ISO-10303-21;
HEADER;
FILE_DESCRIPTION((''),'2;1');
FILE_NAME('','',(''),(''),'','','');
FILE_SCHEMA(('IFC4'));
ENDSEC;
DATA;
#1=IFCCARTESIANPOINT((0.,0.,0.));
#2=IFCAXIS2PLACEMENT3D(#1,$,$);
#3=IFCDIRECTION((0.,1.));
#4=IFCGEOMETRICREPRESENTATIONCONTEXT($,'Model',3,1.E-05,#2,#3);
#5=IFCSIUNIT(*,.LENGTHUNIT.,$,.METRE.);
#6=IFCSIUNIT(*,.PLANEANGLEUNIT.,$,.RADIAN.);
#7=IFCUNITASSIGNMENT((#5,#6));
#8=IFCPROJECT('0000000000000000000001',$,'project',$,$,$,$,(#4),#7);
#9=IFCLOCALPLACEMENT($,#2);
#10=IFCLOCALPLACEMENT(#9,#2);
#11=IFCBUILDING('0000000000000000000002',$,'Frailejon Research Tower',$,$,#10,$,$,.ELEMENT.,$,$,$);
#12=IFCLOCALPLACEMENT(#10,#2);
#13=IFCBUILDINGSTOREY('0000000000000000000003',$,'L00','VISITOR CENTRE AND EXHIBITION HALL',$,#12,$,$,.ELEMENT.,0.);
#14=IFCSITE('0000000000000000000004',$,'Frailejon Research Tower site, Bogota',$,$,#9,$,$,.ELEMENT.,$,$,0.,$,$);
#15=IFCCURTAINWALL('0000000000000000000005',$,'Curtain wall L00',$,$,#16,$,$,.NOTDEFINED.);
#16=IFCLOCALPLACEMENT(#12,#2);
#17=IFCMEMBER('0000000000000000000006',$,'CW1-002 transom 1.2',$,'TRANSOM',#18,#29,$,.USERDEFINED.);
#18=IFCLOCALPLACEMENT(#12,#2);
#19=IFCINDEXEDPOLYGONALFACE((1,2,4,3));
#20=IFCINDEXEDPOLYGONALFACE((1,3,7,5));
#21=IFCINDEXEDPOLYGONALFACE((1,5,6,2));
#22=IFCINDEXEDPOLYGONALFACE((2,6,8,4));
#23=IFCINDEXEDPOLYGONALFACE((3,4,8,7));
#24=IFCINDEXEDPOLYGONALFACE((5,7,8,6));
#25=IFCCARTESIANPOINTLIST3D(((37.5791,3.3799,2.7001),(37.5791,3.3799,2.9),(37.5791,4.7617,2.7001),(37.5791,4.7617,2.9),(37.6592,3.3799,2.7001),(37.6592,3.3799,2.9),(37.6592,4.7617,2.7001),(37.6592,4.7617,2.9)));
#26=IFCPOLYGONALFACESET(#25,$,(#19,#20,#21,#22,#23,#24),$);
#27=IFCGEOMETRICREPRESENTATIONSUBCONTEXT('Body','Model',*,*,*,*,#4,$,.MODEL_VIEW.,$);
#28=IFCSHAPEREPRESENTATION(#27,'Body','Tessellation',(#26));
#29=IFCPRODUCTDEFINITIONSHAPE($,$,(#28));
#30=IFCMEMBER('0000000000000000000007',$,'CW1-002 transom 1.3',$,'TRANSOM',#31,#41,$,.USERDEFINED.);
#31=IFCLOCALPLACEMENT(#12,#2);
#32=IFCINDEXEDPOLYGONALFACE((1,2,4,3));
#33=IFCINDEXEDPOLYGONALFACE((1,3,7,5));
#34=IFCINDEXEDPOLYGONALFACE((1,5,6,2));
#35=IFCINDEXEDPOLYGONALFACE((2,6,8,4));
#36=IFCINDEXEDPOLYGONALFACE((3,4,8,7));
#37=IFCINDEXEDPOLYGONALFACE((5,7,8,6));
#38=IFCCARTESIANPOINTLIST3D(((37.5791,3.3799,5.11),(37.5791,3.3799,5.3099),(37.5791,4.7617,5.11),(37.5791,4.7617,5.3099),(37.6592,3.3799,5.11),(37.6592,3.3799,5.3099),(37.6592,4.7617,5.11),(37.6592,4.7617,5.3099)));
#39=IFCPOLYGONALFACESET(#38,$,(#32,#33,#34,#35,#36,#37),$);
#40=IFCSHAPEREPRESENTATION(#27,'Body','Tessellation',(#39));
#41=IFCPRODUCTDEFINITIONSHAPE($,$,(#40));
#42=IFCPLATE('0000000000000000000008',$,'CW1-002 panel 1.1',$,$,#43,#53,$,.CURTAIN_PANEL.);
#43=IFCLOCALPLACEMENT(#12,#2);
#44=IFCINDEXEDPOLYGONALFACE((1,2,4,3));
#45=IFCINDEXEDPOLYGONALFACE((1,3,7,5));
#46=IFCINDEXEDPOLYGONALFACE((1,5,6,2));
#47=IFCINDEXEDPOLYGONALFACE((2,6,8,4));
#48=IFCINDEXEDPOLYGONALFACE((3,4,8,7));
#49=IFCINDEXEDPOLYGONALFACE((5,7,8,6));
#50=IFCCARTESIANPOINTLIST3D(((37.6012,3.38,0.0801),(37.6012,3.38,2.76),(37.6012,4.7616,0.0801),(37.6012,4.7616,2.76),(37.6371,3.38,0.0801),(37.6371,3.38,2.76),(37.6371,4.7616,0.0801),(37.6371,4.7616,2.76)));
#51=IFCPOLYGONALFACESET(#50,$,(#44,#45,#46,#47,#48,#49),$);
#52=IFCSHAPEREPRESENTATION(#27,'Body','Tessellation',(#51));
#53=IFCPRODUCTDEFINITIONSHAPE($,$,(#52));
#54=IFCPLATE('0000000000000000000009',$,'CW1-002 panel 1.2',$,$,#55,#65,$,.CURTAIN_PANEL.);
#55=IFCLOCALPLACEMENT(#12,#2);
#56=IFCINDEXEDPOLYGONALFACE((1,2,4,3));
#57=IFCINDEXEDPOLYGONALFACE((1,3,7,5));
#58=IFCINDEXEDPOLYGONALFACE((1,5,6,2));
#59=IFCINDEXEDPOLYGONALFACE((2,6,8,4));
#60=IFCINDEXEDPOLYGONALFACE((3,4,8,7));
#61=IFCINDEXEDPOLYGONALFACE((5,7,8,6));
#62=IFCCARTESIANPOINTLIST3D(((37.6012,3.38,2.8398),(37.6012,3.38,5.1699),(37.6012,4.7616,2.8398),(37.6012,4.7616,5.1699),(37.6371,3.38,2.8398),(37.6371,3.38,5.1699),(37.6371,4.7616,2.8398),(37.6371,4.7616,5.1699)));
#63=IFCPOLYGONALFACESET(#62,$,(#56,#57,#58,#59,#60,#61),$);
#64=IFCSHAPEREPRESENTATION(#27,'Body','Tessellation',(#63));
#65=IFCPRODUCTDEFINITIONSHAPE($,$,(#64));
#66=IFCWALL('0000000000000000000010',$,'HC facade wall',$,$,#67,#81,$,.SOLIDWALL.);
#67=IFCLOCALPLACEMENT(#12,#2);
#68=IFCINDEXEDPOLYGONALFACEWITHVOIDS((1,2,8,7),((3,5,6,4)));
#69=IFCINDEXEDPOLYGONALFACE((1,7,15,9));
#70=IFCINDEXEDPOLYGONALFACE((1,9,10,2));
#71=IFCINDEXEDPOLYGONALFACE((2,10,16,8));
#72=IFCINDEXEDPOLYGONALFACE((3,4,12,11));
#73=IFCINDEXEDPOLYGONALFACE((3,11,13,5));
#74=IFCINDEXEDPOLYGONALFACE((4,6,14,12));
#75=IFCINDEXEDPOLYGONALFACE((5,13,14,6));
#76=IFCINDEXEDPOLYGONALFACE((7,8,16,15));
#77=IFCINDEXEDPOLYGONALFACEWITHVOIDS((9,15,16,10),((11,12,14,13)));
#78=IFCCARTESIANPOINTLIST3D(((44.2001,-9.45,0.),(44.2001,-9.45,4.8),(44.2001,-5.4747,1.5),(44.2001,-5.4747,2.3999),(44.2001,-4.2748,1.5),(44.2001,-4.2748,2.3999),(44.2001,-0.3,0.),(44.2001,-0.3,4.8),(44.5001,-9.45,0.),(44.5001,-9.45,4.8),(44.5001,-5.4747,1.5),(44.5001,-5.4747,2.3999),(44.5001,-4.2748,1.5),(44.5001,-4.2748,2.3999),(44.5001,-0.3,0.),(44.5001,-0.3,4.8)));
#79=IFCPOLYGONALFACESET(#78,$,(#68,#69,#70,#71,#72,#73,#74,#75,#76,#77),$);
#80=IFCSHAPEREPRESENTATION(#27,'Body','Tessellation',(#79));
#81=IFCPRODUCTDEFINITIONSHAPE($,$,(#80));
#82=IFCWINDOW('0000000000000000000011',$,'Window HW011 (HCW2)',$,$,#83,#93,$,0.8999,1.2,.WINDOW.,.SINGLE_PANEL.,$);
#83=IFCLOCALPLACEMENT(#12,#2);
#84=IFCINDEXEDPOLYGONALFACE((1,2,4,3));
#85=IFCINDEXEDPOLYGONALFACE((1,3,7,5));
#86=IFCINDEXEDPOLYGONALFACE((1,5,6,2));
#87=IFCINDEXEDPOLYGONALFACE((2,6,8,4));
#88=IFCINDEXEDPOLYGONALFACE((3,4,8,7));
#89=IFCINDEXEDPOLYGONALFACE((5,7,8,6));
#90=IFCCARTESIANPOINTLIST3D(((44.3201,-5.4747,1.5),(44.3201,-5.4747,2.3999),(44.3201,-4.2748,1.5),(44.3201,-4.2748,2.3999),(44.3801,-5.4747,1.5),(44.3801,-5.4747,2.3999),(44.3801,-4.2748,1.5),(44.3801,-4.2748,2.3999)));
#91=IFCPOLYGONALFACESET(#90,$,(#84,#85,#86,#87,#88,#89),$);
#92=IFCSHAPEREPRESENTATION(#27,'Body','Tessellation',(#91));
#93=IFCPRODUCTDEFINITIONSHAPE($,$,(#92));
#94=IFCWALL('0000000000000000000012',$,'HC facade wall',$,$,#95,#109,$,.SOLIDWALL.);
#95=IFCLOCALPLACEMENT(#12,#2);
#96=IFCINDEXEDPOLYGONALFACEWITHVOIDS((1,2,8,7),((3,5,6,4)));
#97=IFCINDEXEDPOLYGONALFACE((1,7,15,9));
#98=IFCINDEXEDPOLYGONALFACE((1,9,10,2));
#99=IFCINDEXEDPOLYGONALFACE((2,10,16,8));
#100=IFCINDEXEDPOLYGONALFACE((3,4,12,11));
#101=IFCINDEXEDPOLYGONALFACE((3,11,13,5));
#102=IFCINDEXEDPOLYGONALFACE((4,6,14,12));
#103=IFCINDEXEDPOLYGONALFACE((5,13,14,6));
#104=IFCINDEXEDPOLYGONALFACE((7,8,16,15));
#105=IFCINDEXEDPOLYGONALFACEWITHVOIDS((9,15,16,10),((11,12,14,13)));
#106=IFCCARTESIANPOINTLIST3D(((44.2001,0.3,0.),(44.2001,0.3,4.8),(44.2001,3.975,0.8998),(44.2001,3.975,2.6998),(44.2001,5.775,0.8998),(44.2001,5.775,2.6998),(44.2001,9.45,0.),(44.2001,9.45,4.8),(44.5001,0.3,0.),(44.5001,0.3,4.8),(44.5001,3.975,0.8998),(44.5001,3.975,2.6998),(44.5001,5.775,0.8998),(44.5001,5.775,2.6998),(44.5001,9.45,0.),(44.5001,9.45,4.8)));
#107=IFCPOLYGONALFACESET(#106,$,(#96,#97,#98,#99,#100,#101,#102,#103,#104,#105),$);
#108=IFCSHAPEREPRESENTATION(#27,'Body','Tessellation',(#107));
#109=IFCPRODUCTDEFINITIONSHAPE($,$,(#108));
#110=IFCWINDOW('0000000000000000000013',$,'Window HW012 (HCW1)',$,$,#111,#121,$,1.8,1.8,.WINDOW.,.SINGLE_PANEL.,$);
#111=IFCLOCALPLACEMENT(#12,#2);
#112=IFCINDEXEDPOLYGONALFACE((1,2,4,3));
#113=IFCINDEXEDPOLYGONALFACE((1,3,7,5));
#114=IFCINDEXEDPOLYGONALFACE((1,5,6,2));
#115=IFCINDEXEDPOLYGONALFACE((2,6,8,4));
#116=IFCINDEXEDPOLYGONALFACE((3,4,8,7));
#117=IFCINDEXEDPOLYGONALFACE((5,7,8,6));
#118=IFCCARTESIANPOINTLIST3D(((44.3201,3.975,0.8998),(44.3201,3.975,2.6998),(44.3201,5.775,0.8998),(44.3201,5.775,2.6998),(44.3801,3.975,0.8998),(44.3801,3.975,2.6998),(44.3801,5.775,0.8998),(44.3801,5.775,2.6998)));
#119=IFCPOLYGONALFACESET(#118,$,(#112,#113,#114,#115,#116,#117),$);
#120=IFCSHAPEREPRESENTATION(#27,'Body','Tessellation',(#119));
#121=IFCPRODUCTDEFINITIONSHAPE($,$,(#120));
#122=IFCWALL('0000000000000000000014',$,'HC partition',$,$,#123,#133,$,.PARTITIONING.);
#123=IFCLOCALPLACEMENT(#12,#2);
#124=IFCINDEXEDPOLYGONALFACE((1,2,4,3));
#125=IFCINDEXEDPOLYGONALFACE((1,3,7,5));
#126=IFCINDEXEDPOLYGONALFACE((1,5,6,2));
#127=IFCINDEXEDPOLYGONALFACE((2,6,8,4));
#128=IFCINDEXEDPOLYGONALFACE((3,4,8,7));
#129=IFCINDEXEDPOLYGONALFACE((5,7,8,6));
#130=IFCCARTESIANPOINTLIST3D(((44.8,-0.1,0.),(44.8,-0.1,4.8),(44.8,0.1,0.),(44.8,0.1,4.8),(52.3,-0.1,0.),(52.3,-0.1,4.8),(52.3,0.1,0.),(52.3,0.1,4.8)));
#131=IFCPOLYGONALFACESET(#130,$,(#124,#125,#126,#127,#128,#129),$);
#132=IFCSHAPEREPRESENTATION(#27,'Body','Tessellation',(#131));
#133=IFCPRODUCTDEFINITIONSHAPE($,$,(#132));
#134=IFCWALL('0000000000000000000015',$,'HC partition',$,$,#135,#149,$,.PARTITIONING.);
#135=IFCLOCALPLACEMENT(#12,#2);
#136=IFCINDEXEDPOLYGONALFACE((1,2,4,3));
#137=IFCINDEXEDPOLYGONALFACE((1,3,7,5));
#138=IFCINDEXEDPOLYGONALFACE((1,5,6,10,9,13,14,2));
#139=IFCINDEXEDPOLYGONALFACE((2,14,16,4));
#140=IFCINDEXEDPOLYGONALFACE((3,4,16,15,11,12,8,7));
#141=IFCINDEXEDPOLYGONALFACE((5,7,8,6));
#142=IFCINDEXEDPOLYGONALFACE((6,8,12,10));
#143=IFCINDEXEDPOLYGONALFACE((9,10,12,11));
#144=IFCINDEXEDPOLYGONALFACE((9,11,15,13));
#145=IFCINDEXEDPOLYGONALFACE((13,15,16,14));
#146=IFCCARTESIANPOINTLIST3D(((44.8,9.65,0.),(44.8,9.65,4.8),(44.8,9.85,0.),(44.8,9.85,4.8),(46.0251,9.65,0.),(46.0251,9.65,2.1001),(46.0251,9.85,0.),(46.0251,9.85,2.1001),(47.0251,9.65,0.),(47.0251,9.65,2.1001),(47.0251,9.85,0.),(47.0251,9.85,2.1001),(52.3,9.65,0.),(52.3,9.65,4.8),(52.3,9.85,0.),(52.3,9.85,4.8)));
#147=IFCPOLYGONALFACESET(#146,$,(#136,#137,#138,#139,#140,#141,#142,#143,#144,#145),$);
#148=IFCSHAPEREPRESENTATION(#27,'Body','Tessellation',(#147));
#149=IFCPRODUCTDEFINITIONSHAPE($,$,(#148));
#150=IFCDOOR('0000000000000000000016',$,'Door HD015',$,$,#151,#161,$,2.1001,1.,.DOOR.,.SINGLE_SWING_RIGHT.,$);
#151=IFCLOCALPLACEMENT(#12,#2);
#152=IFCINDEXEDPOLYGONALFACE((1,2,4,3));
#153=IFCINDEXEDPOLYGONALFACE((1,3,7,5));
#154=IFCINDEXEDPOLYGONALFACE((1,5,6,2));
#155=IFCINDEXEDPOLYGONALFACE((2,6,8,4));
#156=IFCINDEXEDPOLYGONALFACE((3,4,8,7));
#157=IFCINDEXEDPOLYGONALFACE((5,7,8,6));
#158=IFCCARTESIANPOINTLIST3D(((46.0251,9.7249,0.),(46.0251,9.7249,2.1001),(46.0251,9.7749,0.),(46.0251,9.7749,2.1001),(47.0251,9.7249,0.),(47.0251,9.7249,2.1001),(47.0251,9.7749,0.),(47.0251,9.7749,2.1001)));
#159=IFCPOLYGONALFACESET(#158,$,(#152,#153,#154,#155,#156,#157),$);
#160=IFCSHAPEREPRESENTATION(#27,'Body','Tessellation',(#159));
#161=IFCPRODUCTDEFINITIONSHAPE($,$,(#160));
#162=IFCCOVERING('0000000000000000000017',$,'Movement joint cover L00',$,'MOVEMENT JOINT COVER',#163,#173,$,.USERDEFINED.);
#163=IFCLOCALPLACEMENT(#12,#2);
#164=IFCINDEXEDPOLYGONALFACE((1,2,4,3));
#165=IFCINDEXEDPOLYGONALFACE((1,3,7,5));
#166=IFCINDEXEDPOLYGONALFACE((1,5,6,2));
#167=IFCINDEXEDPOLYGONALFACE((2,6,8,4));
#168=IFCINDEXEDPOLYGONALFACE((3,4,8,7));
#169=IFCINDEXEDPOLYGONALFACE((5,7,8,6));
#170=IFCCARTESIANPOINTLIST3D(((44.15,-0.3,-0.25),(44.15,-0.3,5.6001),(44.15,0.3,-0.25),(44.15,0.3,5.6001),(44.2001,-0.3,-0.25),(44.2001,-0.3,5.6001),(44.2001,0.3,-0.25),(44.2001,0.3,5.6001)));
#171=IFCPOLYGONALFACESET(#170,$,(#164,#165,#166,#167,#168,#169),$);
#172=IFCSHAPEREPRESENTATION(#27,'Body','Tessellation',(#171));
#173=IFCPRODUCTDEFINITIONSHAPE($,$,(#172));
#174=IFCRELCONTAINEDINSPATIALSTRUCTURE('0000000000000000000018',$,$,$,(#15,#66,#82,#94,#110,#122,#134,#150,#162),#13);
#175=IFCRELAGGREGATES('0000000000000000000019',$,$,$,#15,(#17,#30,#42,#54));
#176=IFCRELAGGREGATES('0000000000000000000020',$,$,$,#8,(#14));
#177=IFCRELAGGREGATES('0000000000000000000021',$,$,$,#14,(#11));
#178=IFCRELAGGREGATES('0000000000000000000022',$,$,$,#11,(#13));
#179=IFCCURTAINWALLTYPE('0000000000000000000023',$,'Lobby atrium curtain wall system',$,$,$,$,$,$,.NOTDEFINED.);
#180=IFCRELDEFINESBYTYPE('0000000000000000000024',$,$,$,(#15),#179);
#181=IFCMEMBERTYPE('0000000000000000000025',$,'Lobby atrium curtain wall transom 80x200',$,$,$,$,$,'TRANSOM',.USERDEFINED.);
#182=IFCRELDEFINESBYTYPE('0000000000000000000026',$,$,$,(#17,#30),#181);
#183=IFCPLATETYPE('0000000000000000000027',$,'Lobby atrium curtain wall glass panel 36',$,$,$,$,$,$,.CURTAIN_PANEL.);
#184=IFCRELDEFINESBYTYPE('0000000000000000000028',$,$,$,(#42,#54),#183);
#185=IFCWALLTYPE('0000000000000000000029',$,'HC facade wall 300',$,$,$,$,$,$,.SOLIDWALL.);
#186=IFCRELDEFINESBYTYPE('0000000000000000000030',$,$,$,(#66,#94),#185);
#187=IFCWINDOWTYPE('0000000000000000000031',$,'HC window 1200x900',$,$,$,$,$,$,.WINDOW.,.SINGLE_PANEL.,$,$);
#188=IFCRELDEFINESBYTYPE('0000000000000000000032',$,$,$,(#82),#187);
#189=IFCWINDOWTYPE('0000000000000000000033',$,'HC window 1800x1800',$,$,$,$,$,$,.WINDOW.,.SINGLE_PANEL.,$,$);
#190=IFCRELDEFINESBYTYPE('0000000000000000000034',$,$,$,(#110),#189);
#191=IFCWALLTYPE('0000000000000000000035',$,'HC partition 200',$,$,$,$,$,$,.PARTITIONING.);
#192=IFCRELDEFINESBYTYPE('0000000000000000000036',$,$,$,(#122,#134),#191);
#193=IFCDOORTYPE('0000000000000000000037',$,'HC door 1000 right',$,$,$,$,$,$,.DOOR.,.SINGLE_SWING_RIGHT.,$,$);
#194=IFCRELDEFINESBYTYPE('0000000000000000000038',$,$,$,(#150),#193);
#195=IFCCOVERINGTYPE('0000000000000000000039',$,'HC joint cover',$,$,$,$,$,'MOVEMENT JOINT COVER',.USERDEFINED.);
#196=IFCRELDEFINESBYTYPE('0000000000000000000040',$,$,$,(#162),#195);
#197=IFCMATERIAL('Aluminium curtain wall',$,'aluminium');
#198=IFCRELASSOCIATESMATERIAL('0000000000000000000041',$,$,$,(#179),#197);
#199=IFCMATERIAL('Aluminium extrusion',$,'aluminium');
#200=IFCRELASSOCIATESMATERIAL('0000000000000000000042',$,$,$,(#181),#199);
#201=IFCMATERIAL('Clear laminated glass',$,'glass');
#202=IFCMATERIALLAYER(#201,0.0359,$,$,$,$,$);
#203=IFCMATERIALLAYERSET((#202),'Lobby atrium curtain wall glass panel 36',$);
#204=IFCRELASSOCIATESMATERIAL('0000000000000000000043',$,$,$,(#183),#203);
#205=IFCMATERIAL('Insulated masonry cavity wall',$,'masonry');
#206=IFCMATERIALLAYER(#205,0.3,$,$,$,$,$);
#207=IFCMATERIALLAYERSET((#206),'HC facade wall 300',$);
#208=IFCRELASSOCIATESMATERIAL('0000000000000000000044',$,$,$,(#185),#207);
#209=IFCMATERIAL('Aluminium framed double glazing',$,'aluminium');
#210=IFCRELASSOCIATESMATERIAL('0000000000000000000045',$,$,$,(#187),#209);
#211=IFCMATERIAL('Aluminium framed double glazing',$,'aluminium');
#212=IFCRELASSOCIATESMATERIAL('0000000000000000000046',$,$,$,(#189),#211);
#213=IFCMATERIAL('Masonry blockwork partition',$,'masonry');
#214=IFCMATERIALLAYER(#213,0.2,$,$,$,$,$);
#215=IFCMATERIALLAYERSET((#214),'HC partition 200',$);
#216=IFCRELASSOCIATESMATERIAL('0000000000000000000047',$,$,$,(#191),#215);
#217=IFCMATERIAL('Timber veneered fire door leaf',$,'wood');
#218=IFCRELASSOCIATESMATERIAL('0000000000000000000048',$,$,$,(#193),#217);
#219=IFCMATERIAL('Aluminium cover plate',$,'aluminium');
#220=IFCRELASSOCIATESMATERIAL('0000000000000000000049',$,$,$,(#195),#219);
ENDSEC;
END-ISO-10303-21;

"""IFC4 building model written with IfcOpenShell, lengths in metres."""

from ifc_helpers import new_model, si_unit, direction, frame, frame_2d, origin, origin_2d, place, context, subcontext, project, spatial, rectangle, extrude, material, layer, layer_set, material_profile, profile_set, type_object, element, fill, aggregate, save


model = new_model("IFC4")

# Units and contexts
model_context = context("Model", 3, precision=1e-05, world=origin(), true_north=direction((0.0, 1.0)))
body_context = subcontext(model_context, "Body", "Model", "MODEL_VIEW")
ifc_project = project(units=[si_unit("LENGTHUNIT", "METRE"), si_unit("PLANEANGLEUNIT", "RADIAN")], contexts=[model_context])

# Site, building, storey
site_placement = place(None, origin())
site = spatial("IfcSite", under=ifc_project, at=site_placement, Name="Frailejon Research Tower site, Bogota", CompositionType="ELEMENT", RefElevation=0.0)
building_placement = place(site_placement, origin())
building = spatial("IfcBuilding", under=site, at=building_placement, Name="Frailejon Research Tower", CompositionType="ELEMENT")
storey_placement = place(building_placement, origin())
storey = spatial("IfcBuildingStorey", under=building, at=storey_placement, Name="L00", Description="VISITOR CENTRE AND EXHIBITION HALL", CompositionType="ELEMENT", Elevation=0.0)

# Curtain wall, members, plates
ifc_material_1 = material(Name="Aluminium curtain wall", Category="aluminium")
curtain_wall_type = type_object("IfcCurtainWallType", Name="Lobby atrium curtain wall system", PredefinedType="NOTDEFINED", material=ifc_material_1)
curtain_wall_placement = place(storey_placement, origin())
curtain_wall = element("IfcCurtainWall", 1, at=curtain_wall_placement, inside=storey, type_object=curtain_wall_type, Name="Curtain wall L00", PredefinedType="NOTDEFINED")
ifc_material_2 = material(Name="Aluminium extrusion", Category="aluminium")
ifc_material_profile_1 = material_profile(ifc_material_2, rectangle(XDim=0.0801, YDim=0.2, at=origin_2d()), Name="Lobby atrium curtain wall transom 80x200")
ifc_profile_set_1 = profile_set([ifc_material_profile_1], Name="Aluminium extrusion")
member_type_1 = type_object("IfcMemberType", Name="Lobby atrium curtain wall transom 80x200", ElementType="TRANSOM", PredefinedType="USERDEFINED", material=ifc_profile_set_1)
member_1_placement = place(storey_placement, frame((37.6191, 3.3799, 2.8), z_axis=(0.0, 1.0, 0.0), x_axis=(-1.0, 0.0, 0.0)))
member_1 = element("IfcMember", 2, at=member_1_placement, type_object=member_type_1, Name="CW1-002 transom 1.2", ObjectType="TRANSOM", PredefinedType="USERDEFINED", context=body_context, shape_type="SweptSolid", body=[
    extrude(rectangle(XDim=0.0801, YDim=0.2, at=origin_2d()), origin(), (0.0, 0.0, 1.0), 1.3818),
])
member_2_placement = place(storey_placement, frame((37.6191, 3.3799, 5.21), z_axis=(0.0, 1.0, 0.0), x_axis=(-1.0, 0.0, 0.0)))
member_2 = element("IfcMember", 3, at=member_2_placement, type_object=member_type_1, Name="CW1-002 transom 1.3", ObjectType="TRANSOM", PredefinedType="USERDEFINED", context=body_context, shape_type="SweptSolid", body=[
    extrude(rectangle(XDim=0.0801, YDim=0.2, at=origin_2d()), origin(), (0.0, 0.0, 1.0), 1.3818),
])
ifc_material_3 = material(Name="Clear laminated glass", Category="glass")
ifc_layer_1 = layer(ifc_material_3, 0.0359)
ifc_layer_set_1 = layer_set([ifc_layer_1], Name="Lobby atrium curtain wall glass panel 36")
plate_type = type_object("IfcPlateType", Name="Lobby atrium curtain wall glass panel 36", PredefinedType="CURTAIN_PANEL", material=ifc_layer_set_1)
plate_1_placement = place(storey_placement, frame((37.6191, 4.0708, 0.0801), z_axis=(0.0, 0.0, 1.0), x_axis=(0.0, 1.0, 0.0)))
plate_1 = element("IfcPlate", 4, at=plate_1_placement, type_object=plate_type, Name="CW1-002 panel 1.1", PredefinedType="CURTAIN_PANEL", context=body_context, shape_type="SweptSolid", body=[
    extrude(rectangle(XDim=1.3816, YDim=0.0359, at=origin_2d()), origin(), (0.0, 0.0, 1.0), 2.6799),
])
plate_2_placement = place(storey_placement, frame((37.6191, 4.0708, 2.8398), z_axis=(0.0, 0.0, 1.0), x_axis=(0.0, 1.0, 0.0)))
plate_2 = element("IfcPlate", 5, at=plate_2_placement, type_object=plate_type, Name="CW1-002 panel 1.2", PredefinedType="CURTAIN_PANEL", context=body_context, shape_type="SweptSolid", body=[
    extrude(rectangle(XDim=1.3816, YDim=0.0359, at=origin_2d()), origin(), (0.0, 0.0, 1.0), 2.3301),
])
aggregate(curtain_wall, [member_1, member_2, plate_1, plate_2])

# Walls, openings, windows
ifc_material_4 = material(Name="Insulated masonry cavity wall", Category="masonry")
ifc_layer_2 = layer(ifc_material_4, 0.3)
ifc_layer_set_2 = layer_set([ifc_layer_2], Name="HC facade wall 300")
wall_type_1 = type_object("IfcWallType", Name="HC facade wall 300", PredefinedType="SOLIDWALL", material=ifc_layer_set_2)
wall_1_placement = place(storey_placement, frame((44.3501, -9.45, 0.0), z_axis=(0.0, 0.0, 1.0), x_axis=(0.0, 1.0, 0.0)))
wall_1 = element("IfcWall", 6, at=wall_1_placement, inside=storey, type_object=wall_type_1, Name="HC facade wall", PredefinedType="SOLIDWALL", context=body_context, shape_type="SweptSolid", body=[
    extrude(rectangle(XDim=9.1499, YDim=0.3, at=frame_2d((4.575, 0.0))), origin(), (0.0, 0.0, 1.0), 4.8),
])
opening_1_placement = place(wall_1_placement, frame((3.9751, 0.0, 1.5)))
opening_1 = element("IfcOpeningElement", 7, at=opening_1_placement, cuts=wall_1, PredefinedType="OPENING", context=body_context, shape_type="SweptSolid", body=[
    extrude(rectangle(XDim=1.2, YDim=0.8999, at=frame_2d((0.6001, 0.45))), frame((0.0, 0.1599, 0.0), z_axis=(0.0, -1.0, 0.0), x_axis=(1.0, 0.0, 0.0)), (0.0, 0.0, 1.0), 0.3201),
])
ifc_material_5 = material(Name="Aluminium framed double glazing", Category="aluminium")
window_type_1 = type_object("IfcWindowType", Name="HC window 1200x900", PartitioningType="SINGLE_PANEL", PredefinedType="WINDOW", material=ifc_material_5)
window_1_placement = place(opening_1_placement, origin())
window_1 = element("IfcWindow", 8, at=window_1_placement, inside=storey, type_object=window_type_1, Name="Window HW011 (HCW2)", OverallHeight=0.8999, OverallWidth=1.2, PartitioningType="SINGLE_PANEL", PredefinedType="WINDOW", context=body_context, shape_type="SweptSolid", body=[
    extrude(rectangle(XDim=1.2, YDim=0.8999, at=frame_2d((0.6001, 0.45))), frame((0.0, 0.03, 0.0), z_axis=(0.0, -1.0, 0.0), x_axis=(1.0, 0.0, 0.0)), (0.0, 0.0, 1.0), 0.0601),
])
fill(opening_1, window_1)
wall_2_placement = place(storey_placement, frame((44.3501, 0.3, 0.0), z_axis=(0.0, 0.0, 1.0), x_axis=(0.0, 1.0, 0.0)))
wall_2 = element("IfcWall", 9, at=wall_2_placement, inside=storey, type_object=wall_type_1, Name="HC facade wall", PredefinedType="SOLIDWALL", context=body_context, shape_type="SweptSolid", body=[
    extrude(rectangle(XDim=9.1499, YDim=0.3, at=frame_2d((4.575, 0.0))), origin(), (0.0, 0.0, 1.0), 4.8),
])
opening_2_placement = place(wall_2_placement, frame((3.675, 0.0, 0.8999)))
opening_2 = element("IfcOpeningElement", 10, at=opening_2_placement, cuts=wall_2, PredefinedType="OPENING", context=body_context, shape_type="SweptSolid", body=[
    extrude(rectangle(XDim=1.8, YDim=1.8, at=frame_2d((0.8999, 0.8999))), frame((0.0, 0.1599, 0.0), z_axis=(0.0, -1.0, 0.0), x_axis=(1.0, 0.0, 0.0)), (0.0, 0.0, 1.0), 0.3201),
])
ifc_material_6 = material(Name="Aluminium framed double glazing", Category="aluminium")
window_type_2 = type_object("IfcWindowType", Name="HC window 1800x1800", PartitioningType="SINGLE_PANEL", PredefinedType="WINDOW", material=ifc_material_6)
window_2_placement = place(opening_2_placement, origin())
window_2 = element("IfcWindow", 11, at=window_2_placement, inside=storey, type_object=window_type_2, Name="Window HW012 (HCW1)", OverallHeight=1.8, OverallWidth=1.8, PartitioningType="SINGLE_PANEL", PredefinedType="WINDOW", context=body_context, shape_type="SweptSolid", body=[
    extrude(rectangle(XDim=1.8, YDim=1.8, at=frame_2d((0.8999, 0.8999))), frame((0.0, 0.03, 0.0), z_axis=(0.0, -1.0, 0.0), x_axis=(1.0, 0.0, 0.0)), (0.0, 0.0, 1.0), 0.0601),
])
fill(opening_2, window_2)

# Wall
ifc_material_7 = material(Name="Masonry blockwork partition", Category="masonry")
ifc_layer_3 = layer(ifc_material_7, 0.2)
ifc_layer_set_3 = layer_set([ifc_layer_3], Name="HC partition 200")
wall_type_2 = type_object("IfcWallType", Name="HC partition 200", PredefinedType="PARTITIONING", material=ifc_layer_set_3)
wall_3_placement = place(storey_placement, frame((44.8, 0.0, 0.0), z_axis=(0.0, 0.0, 1.0), x_axis=(1.0, 0.0, 0.0)))
element("IfcWall", 12, at=wall_3_placement, inside=storey, type_object=wall_type_2, Name="HC partition", PredefinedType="PARTITIONING", context=body_context, shape_type="SweptSolid", body=[
    extrude(rectangle(XDim=7.5, YDim=0.2, at=frame_2d((3.75, 0.0))), origin(), (0.0, 0.0, 1.0), 4.8),
])

# Wall, opening, door
wall_4_placement = place(storey_placement, frame((44.8, 9.75, 0.0), z_axis=(0.0, 0.0, 1.0), x_axis=(1.0, 0.0, 0.0)))
wall_4 = element("IfcWall", 13, at=wall_4_placement, inside=storey, type_object=wall_type_2, Name="HC partition", PredefinedType="PARTITIONING", context=body_context, shape_type="SweptSolid", body=[
    extrude(rectangle(XDim=7.5, YDim=0.2, at=frame_2d((3.75, 0.0))), origin(), (0.0, 0.0, 1.0), 4.8),
])
opening_3_placement = place(wall_4_placement, frame((1.2251, 0.0, 0.0)))
opening_3 = element("IfcOpeningElement", 14, at=opening_3_placement, cuts=wall_4, PredefinedType="OPENING", context=body_context, shape_type="SweptSolid", body=[
    extrude(rectangle(XDim=1.0, YDim=2.1001, at=frame_2d((0.5, 1.05))), frame((0.0, 0.1099, 0.0), z_axis=(0.0, -1.0, 0.0), x_axis=(1.0, 0.0, 0.0)), (0.0, 0.0, 1.0), 0.22),
])
ifc_material_8 = material(Name="Timber veneered fire door leaf", Category="wood")
door_type = type_object("IfcDoorType", Name="HC door 1000 right", OperationType="SINGLE_SWING_RIGHT", PredefinedType="DOOR", material=ifc_material_8)
door_placement = place(opening_3_placement, origin())
door = element("IfcDoor", 15, at=door_placement, inside=storey, type_object=door_type, Name="Door HD015", OperationType="SINGLE_SWING_RIGHT", OverallHeight=2.1001, OverallWidth=1.0, PredefinedType="DOOR", context=body_context, shape_type="SweptSolid", body=[
    extrude(rectangle(XDim=1.0, YDim=2.1001, at=frame_2d((0.5, 1.05))), frame((0.0, 0.0249, 0.0), z_axis=(0.0, -1.0, 0.0), x_axis=(1.0, 0.0, 0.0)), (0.0, 0.0, 1.0), 0.05),
])
fill(opening_3, door)

# Covering
ifc_material_9 = material(Name="Aluminium cover plate", Category="aluminium")
covering_type = type_object("IfcCoveringType", Name="HC joint cover", ElementType="MOVEMENT JOINT COVER", PredefinedType="USERDEFINED", material=ifc_material_9)
covering_placement = place(storey_placement, frame((44.175, 0.0, -0.25), z_axis=(0.0, 0.0, 1.0), x_axis=(1.0, 0.0, 0.0)))
element("IfcCovering", 16, at=covering_placement, inside=storey, type_object=covering_type, Name="Movement joint cover L00", ObjectType="MOVEMENT JOINT COVER", PredefinedType="USERDEFINED", context=body_context, shape_type="SweptSolid", body=[
    extrude(rectangle(XDim=0.05, YDim=0.6001, at=origin_2d()), origin(), (0.0, 0.0, 1.0), 5.8501),
])

save(model, "model.ifc")
